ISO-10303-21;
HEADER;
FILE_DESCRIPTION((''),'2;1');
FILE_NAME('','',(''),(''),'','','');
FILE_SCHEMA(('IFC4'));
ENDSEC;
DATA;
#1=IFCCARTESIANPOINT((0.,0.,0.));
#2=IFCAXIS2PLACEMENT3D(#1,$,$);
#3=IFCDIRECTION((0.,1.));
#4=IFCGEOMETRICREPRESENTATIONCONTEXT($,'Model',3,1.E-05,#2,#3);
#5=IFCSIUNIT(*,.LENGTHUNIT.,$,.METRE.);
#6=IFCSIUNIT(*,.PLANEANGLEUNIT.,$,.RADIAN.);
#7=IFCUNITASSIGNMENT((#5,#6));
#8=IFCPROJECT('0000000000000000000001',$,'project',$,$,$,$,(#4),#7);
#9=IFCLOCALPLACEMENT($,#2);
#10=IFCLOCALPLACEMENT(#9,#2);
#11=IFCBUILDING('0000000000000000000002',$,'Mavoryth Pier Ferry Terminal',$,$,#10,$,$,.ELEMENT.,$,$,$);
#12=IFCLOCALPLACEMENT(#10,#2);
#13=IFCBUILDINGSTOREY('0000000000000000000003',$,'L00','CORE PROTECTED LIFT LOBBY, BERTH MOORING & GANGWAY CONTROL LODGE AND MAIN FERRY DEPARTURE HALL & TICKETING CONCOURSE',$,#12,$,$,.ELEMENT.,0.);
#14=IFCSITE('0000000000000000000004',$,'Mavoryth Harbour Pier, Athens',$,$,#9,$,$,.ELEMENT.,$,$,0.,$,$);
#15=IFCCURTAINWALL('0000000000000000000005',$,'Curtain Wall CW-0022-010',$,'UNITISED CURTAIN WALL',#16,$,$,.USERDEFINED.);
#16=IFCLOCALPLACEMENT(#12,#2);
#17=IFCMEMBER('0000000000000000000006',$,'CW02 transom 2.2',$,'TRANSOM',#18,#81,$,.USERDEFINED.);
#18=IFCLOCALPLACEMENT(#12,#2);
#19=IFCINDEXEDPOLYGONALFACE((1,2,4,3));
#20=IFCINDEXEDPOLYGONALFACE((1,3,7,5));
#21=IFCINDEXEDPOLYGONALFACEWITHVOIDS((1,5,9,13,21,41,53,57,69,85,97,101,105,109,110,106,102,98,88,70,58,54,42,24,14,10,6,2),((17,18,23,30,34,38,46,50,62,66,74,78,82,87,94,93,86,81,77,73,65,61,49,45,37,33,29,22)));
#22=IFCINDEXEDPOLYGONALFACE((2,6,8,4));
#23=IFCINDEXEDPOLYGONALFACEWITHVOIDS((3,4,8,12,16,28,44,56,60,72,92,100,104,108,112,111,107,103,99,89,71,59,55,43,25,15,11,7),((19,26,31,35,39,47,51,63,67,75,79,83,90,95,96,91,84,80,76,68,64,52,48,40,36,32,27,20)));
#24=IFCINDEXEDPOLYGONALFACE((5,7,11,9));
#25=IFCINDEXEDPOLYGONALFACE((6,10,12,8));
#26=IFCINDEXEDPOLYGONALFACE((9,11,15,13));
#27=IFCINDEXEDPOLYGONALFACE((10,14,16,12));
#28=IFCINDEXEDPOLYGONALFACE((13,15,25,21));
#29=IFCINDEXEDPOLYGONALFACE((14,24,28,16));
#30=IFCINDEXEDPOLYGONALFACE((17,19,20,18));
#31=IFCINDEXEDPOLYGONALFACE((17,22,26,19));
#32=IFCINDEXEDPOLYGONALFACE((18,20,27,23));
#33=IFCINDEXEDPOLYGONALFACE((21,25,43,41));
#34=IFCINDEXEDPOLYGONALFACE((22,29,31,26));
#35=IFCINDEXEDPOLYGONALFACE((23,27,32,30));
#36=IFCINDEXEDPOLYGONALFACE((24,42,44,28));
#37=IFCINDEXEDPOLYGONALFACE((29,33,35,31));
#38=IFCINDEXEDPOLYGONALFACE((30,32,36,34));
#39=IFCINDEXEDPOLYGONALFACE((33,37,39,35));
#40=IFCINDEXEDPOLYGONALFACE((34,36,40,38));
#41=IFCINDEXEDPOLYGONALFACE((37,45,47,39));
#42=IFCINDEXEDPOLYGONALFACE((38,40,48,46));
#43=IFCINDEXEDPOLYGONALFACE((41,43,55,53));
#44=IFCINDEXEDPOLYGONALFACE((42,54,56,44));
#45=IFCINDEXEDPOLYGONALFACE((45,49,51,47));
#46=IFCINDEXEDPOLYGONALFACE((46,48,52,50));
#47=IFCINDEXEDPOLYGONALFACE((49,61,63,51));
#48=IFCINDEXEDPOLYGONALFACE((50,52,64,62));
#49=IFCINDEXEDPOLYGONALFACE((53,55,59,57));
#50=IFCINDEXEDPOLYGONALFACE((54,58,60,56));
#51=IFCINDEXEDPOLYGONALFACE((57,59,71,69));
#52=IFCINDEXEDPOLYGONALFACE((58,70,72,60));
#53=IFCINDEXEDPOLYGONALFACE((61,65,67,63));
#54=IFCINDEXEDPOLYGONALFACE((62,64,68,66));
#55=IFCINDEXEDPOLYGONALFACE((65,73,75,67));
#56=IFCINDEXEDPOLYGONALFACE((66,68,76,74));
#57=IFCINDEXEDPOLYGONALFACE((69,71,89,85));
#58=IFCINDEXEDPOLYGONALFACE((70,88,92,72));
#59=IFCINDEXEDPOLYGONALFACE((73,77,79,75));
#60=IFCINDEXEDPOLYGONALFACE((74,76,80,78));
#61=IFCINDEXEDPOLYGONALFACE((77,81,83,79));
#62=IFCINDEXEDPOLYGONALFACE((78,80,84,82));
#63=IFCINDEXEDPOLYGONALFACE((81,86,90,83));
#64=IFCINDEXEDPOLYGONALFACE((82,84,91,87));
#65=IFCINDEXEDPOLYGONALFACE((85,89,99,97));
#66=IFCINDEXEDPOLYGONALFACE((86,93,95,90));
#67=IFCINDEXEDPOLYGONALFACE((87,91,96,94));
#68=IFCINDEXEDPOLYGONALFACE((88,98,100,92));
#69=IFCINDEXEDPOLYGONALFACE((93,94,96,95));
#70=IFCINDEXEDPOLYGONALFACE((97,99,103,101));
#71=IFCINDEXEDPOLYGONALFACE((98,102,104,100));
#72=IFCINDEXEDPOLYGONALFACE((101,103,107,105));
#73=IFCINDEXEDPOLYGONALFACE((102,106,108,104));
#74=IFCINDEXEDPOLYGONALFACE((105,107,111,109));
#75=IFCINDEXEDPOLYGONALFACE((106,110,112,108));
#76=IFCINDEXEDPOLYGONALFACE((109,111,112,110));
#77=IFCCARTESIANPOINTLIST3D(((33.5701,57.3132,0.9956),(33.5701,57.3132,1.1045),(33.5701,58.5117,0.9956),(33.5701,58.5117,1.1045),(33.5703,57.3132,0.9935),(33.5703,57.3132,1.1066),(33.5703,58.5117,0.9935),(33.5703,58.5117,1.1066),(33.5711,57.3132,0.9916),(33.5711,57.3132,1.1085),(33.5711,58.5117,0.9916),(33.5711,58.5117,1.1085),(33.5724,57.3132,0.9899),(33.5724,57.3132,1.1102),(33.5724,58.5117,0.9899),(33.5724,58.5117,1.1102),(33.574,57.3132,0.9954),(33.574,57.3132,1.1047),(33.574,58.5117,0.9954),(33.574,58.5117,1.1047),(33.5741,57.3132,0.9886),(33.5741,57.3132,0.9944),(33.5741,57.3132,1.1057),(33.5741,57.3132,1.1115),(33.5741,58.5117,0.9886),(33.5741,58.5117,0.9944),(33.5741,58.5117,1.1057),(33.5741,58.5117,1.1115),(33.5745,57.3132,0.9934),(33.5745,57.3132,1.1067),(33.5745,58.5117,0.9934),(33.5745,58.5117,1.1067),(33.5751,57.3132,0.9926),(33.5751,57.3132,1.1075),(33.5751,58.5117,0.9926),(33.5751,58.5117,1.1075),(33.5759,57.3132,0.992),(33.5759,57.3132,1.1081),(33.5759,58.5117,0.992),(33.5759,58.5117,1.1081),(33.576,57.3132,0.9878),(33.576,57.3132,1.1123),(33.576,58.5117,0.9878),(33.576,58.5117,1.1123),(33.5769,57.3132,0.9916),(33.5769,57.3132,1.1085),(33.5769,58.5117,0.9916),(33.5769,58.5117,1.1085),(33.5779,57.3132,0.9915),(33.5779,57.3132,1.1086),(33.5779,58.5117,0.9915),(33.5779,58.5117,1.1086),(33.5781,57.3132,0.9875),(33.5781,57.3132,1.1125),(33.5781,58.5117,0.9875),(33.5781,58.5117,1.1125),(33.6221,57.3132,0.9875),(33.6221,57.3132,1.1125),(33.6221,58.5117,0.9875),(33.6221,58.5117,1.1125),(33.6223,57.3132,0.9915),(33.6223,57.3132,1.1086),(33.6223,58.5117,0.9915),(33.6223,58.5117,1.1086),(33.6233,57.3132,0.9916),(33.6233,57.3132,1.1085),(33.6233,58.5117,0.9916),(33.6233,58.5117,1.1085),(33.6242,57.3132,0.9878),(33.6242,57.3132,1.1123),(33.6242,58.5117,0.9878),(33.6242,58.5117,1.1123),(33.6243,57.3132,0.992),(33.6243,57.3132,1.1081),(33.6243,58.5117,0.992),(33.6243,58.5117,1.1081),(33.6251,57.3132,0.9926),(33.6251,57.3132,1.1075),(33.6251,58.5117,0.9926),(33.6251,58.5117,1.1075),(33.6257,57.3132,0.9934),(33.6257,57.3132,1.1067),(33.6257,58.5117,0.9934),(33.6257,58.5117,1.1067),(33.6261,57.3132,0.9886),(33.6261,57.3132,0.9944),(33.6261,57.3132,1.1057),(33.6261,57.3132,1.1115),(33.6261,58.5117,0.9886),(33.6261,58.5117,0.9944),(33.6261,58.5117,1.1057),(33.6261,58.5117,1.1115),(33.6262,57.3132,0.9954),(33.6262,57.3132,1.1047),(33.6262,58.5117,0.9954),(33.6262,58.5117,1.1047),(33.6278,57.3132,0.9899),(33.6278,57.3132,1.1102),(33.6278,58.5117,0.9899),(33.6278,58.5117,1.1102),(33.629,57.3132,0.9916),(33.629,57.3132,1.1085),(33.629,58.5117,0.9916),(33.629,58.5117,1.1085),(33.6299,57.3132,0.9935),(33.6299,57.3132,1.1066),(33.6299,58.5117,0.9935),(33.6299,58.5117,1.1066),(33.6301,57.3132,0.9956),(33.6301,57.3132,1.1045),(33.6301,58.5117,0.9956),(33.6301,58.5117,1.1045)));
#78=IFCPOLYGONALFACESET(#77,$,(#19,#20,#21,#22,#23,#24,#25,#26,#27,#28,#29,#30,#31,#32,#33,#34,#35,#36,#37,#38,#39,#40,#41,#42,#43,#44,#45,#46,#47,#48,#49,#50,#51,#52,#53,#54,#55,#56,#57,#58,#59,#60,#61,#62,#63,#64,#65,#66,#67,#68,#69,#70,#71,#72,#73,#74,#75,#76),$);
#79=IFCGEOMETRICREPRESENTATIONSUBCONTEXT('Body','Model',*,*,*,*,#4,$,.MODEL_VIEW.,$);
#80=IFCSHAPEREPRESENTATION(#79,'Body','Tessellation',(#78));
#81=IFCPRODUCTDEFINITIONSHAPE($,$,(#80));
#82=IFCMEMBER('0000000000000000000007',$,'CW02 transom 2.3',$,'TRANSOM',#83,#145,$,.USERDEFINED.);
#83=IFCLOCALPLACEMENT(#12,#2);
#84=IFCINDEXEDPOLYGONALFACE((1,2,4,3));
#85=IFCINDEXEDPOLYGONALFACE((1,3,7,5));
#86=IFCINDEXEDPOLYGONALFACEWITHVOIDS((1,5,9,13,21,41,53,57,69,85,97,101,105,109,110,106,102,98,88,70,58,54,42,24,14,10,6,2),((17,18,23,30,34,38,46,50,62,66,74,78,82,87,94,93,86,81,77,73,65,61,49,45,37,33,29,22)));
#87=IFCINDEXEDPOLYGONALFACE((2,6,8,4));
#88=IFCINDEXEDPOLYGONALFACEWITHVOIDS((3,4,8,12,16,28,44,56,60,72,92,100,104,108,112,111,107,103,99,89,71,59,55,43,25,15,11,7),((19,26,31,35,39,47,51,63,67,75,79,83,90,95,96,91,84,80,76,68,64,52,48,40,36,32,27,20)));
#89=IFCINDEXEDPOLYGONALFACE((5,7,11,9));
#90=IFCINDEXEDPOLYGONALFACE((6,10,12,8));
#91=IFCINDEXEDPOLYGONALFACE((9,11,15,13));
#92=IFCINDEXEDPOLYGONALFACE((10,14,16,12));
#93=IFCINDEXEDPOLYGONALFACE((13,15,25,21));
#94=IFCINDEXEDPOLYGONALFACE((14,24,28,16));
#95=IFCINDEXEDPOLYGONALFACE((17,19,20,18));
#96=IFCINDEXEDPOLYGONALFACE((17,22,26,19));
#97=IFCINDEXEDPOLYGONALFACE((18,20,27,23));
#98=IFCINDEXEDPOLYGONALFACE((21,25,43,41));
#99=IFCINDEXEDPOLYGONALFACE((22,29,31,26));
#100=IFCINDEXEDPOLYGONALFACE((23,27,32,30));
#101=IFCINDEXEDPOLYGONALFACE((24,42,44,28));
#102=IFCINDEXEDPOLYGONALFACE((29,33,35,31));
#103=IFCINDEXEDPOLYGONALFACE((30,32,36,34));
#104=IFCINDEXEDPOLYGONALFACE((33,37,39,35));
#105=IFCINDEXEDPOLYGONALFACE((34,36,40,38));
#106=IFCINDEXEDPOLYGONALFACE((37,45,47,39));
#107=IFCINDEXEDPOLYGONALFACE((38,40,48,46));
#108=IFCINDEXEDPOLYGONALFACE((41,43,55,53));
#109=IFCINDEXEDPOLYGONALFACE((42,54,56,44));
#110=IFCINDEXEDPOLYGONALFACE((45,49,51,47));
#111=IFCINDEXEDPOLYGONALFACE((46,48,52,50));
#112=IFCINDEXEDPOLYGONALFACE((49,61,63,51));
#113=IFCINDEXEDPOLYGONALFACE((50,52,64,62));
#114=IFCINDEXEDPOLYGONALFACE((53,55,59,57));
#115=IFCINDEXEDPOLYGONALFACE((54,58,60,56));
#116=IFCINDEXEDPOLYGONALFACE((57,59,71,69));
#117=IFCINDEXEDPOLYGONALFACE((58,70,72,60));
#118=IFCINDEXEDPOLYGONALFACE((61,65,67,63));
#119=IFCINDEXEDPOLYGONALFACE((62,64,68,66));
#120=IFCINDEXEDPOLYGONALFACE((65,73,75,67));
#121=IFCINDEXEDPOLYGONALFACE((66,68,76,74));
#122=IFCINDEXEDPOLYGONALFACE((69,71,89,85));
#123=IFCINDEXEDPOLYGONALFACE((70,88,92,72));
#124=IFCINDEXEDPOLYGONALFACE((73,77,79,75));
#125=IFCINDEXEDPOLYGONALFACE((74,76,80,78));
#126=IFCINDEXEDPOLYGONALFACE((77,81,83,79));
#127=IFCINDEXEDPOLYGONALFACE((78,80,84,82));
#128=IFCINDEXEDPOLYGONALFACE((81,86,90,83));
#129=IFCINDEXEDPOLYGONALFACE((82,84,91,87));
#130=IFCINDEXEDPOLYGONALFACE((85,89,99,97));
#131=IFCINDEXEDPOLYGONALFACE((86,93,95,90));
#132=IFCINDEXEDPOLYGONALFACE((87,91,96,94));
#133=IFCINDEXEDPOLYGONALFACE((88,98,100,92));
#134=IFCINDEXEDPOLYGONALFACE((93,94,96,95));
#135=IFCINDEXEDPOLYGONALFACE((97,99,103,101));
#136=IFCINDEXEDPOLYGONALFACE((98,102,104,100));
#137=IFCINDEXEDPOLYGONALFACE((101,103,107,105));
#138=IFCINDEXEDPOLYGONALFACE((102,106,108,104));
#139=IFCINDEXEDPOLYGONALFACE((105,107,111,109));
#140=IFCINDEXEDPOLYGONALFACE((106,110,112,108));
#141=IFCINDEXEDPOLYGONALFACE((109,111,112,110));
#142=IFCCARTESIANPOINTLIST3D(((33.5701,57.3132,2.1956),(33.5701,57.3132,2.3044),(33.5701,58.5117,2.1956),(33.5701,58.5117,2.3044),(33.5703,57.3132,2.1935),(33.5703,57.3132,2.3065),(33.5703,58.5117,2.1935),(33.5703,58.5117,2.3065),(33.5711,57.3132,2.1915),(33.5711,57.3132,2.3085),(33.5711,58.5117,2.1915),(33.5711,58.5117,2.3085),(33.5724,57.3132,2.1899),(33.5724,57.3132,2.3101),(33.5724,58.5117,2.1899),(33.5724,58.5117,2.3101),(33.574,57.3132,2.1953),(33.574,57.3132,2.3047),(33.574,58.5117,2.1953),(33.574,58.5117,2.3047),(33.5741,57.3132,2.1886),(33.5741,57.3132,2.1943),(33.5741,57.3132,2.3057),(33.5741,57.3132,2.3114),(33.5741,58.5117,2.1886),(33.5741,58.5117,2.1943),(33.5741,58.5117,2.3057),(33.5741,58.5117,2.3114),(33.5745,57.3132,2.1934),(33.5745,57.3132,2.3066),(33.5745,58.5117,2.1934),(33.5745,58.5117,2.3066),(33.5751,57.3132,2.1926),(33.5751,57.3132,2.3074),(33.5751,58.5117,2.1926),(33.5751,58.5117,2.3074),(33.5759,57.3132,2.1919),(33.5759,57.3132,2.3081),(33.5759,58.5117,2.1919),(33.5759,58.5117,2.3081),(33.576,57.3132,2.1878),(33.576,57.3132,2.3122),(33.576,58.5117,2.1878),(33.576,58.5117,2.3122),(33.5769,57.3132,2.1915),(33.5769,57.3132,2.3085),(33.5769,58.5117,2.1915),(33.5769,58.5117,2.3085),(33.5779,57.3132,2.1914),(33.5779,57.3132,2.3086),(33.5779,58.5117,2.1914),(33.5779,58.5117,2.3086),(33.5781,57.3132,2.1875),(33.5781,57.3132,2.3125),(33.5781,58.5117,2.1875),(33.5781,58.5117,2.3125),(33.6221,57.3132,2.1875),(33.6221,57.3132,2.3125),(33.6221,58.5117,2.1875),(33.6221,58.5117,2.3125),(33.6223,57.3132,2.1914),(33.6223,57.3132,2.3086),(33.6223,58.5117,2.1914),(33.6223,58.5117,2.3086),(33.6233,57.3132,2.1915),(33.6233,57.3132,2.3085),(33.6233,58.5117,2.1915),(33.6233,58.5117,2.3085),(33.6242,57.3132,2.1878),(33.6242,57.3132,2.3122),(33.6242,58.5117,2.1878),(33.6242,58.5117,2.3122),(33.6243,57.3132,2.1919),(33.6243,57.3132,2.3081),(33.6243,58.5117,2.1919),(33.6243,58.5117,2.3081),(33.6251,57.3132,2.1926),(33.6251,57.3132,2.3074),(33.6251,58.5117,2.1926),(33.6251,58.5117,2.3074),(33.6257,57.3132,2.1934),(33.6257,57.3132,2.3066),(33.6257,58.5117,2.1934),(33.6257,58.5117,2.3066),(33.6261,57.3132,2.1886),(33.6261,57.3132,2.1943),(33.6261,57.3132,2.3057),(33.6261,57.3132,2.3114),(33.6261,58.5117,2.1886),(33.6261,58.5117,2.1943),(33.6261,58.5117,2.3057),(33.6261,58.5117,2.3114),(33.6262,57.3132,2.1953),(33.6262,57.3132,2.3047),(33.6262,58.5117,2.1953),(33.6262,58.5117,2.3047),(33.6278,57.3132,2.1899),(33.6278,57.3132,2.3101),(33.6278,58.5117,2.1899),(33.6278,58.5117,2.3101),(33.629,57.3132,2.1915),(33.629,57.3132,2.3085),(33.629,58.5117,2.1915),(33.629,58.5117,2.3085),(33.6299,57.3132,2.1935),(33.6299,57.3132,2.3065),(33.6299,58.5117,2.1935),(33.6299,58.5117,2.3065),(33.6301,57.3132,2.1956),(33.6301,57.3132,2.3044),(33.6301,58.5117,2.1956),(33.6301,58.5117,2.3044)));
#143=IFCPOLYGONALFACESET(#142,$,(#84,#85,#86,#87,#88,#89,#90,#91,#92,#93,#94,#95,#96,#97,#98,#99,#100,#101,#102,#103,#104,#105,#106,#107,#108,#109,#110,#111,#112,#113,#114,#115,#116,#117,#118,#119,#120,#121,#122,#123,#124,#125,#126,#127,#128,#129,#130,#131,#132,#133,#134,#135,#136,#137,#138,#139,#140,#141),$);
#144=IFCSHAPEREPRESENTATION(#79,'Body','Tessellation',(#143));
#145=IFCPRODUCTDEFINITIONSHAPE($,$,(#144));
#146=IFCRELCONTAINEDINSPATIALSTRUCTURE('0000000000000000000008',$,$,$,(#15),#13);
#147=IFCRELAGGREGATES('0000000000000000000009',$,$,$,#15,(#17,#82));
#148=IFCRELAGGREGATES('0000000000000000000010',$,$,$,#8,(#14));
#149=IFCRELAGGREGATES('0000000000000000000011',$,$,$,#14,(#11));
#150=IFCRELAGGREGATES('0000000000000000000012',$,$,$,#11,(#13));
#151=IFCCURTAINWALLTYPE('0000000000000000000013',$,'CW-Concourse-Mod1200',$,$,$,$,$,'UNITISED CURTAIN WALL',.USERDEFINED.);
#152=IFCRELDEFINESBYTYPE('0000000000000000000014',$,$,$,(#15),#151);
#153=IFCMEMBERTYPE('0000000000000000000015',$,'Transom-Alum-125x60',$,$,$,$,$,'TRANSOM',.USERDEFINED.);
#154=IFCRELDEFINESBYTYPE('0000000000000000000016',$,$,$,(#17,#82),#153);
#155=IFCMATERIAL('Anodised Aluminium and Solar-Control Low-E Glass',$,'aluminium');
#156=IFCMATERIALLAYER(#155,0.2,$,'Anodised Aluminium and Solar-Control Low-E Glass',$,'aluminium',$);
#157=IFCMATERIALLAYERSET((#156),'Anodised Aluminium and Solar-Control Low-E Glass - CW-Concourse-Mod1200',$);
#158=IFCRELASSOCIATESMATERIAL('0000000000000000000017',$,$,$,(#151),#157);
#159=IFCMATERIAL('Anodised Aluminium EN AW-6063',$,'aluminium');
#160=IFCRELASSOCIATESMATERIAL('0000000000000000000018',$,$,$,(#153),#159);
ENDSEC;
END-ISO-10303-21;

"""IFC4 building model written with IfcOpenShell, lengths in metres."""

from ifc_helpers import new_model, si_unit, direction, frame, origin, origin_2d, place, context, subcontext, project, spatial, hollow_rectangle, extrude, material, layer, layer_set, material_profile, profile_set, type_object, element, aggregate, save


model = new_model("IFC4")

# Units and contexts
model_context = context("Model", 3, precision=1e-05, world=origin(), true_north=direction((0.0, 1.0)))
body_context = subcontext(model_context, "Body", "Model", "MODEL_VIEW")
ifc_project = project(units=[si_unit("LENGTHUNIT", "METRE"), si_unit("PLANEANGLEUNIT", "RADIAN")], contexts=[model_context])

# Site, building, storey
site_placement = place(None, origin())
site = spatial("IfcSite", under=ifc_project, at=site_placement, Name="Mavoryth Harbour Pier, Athens", CompositionType="ELEMENT", RefElevation=0.0)
building_placement = place(site_placement, origin())
building = spatial("IfcBuilding", under=site, at=building_placement, Name="Mavoryth Pier Ferry Terminal", CompositionType="ELEMENT")
storey_placement = place(building_placement, origin())
storey = spatial("IfcBuildingStorey", under=building, at=storey_placement, Name="L00", Description="CORE PROTECTED LIFT LOBBY, BERTH MOORING & GANGWAY CONTROL LODGE AND MAIN FERRY DEPARTURE HALL & TICKETING CONCOURSE", CompositionType="ELEMENT", Elevation=0.0)

# Curtain wall, members
ifc_material_1 = material(Name="Anodised Aluminium and Solar-Control Low-E Glass", Category="aluminium")
ifc_layer_1 = layer(ifc_material_1, 0.2, Name="Anodised Aluminium and Solar-Control Low-E Glass", Category="aluminium")
ifc_layer_set_1 = layer_set([ifc_layer_1], Name="Anodised Aluminium and Solar-Control Low-E Glass - CW-Concourse-Mod1200")
curtain_wall_type = type_object("IfcCurtainWallType", Name="CW-Concourse-Mod1200", ElementType="UNITISED CURTAIN WALL", PredefinedType="USERDEFINED", material=ifc_layer_set_1)
curtain_wall_placement = place(storey_placement, origin())
curtain_wall = element("IfcCurtainWall", 1, at=curtain_wall_placement, inside=storey, type_object=curtain_wall_type, Name="Curtain Wall CW-0022-010", ObjectType="UNITISED CURTAIN WALL", PredefinedType="USERDEFINED")
ifc_material_2 = material(Name="Anodised Aluminium EN AW-6063", Category="aluminium")
ifc_material_profile_1 = material_profile(ifc_material_2, hollow_rectangle(XDim=0.0601, YDim=0.125, WallThickness=0.0039, InnerFilletRadius=0.0039, OuterFilletRadius=0.0081, at=origin_2d()), Name="AL-TRAN 125x60x4", Category="aluminium")
ifc_profile_set_1 = profile_set([ifc_material_profile_1], Name="Anodised Aluminium EN AW-6063 - AL-TRAN 125x60x4")
member_type_1 = type_object("IfcMemberType", Name="Transom-Alum-125x60", ElementType="TRANSOM", PredefinedType="USERDEFINED", material=ifc_profile_set_1)
member_1_placement = place(storey_placement, frame((33.6001, 57.3132, 1.05), z_axis=(0.0, 1.0, 0.0), x_axis=(-1.0, 0.0, 0.0)))
member_1 = element("IfcMember", 2, at=member_1_placement, type_object=member_type_1, Name="CW02 transom 2.2", ObjectType="TRANSOM", PredefinedType="USERDEFINED", context=body_context, shape_type="SweptSolid", body=[
    extrude(hollow_rectangle(XDim=0.0601, YDim=0.125, WallThickness=0.0039, InnerFilletRadius=0.0039, OuterFilletRadius=0.0081, at=origin_2d()), origin(), (0.0, 0.0, 1.0), 1.1985),
])
member_2_placement = place(storey_placement, frame((33.6001, 57.3132, 2.25), z_axis=(0.0, 1.0, 0.0), x_axis=(-1.0, 0.0, 0.0)))
member_2 = element("IfcMember", 3, at=member_2_placement, type_object=member_type_1, Name="CW02 transom 2.3", ObjectType="TRANSOM", PredefinedType="USERDEFINED", context=body_context, shape_type="SweptSolid", body=[
    extrude(hollow_rectangle(XDim=0.0601, YDim=0.125, WallThickness=0.0039, InnerFilletRadius=0.0039, OuterFilletRadius=0.0081, at=origin_2d()), origin(), (0.0, 0.0, 1.0), 1.1985),
])
aggregate(curtain_wall, [member_1, member_2])

save(model, "model.ifc")
